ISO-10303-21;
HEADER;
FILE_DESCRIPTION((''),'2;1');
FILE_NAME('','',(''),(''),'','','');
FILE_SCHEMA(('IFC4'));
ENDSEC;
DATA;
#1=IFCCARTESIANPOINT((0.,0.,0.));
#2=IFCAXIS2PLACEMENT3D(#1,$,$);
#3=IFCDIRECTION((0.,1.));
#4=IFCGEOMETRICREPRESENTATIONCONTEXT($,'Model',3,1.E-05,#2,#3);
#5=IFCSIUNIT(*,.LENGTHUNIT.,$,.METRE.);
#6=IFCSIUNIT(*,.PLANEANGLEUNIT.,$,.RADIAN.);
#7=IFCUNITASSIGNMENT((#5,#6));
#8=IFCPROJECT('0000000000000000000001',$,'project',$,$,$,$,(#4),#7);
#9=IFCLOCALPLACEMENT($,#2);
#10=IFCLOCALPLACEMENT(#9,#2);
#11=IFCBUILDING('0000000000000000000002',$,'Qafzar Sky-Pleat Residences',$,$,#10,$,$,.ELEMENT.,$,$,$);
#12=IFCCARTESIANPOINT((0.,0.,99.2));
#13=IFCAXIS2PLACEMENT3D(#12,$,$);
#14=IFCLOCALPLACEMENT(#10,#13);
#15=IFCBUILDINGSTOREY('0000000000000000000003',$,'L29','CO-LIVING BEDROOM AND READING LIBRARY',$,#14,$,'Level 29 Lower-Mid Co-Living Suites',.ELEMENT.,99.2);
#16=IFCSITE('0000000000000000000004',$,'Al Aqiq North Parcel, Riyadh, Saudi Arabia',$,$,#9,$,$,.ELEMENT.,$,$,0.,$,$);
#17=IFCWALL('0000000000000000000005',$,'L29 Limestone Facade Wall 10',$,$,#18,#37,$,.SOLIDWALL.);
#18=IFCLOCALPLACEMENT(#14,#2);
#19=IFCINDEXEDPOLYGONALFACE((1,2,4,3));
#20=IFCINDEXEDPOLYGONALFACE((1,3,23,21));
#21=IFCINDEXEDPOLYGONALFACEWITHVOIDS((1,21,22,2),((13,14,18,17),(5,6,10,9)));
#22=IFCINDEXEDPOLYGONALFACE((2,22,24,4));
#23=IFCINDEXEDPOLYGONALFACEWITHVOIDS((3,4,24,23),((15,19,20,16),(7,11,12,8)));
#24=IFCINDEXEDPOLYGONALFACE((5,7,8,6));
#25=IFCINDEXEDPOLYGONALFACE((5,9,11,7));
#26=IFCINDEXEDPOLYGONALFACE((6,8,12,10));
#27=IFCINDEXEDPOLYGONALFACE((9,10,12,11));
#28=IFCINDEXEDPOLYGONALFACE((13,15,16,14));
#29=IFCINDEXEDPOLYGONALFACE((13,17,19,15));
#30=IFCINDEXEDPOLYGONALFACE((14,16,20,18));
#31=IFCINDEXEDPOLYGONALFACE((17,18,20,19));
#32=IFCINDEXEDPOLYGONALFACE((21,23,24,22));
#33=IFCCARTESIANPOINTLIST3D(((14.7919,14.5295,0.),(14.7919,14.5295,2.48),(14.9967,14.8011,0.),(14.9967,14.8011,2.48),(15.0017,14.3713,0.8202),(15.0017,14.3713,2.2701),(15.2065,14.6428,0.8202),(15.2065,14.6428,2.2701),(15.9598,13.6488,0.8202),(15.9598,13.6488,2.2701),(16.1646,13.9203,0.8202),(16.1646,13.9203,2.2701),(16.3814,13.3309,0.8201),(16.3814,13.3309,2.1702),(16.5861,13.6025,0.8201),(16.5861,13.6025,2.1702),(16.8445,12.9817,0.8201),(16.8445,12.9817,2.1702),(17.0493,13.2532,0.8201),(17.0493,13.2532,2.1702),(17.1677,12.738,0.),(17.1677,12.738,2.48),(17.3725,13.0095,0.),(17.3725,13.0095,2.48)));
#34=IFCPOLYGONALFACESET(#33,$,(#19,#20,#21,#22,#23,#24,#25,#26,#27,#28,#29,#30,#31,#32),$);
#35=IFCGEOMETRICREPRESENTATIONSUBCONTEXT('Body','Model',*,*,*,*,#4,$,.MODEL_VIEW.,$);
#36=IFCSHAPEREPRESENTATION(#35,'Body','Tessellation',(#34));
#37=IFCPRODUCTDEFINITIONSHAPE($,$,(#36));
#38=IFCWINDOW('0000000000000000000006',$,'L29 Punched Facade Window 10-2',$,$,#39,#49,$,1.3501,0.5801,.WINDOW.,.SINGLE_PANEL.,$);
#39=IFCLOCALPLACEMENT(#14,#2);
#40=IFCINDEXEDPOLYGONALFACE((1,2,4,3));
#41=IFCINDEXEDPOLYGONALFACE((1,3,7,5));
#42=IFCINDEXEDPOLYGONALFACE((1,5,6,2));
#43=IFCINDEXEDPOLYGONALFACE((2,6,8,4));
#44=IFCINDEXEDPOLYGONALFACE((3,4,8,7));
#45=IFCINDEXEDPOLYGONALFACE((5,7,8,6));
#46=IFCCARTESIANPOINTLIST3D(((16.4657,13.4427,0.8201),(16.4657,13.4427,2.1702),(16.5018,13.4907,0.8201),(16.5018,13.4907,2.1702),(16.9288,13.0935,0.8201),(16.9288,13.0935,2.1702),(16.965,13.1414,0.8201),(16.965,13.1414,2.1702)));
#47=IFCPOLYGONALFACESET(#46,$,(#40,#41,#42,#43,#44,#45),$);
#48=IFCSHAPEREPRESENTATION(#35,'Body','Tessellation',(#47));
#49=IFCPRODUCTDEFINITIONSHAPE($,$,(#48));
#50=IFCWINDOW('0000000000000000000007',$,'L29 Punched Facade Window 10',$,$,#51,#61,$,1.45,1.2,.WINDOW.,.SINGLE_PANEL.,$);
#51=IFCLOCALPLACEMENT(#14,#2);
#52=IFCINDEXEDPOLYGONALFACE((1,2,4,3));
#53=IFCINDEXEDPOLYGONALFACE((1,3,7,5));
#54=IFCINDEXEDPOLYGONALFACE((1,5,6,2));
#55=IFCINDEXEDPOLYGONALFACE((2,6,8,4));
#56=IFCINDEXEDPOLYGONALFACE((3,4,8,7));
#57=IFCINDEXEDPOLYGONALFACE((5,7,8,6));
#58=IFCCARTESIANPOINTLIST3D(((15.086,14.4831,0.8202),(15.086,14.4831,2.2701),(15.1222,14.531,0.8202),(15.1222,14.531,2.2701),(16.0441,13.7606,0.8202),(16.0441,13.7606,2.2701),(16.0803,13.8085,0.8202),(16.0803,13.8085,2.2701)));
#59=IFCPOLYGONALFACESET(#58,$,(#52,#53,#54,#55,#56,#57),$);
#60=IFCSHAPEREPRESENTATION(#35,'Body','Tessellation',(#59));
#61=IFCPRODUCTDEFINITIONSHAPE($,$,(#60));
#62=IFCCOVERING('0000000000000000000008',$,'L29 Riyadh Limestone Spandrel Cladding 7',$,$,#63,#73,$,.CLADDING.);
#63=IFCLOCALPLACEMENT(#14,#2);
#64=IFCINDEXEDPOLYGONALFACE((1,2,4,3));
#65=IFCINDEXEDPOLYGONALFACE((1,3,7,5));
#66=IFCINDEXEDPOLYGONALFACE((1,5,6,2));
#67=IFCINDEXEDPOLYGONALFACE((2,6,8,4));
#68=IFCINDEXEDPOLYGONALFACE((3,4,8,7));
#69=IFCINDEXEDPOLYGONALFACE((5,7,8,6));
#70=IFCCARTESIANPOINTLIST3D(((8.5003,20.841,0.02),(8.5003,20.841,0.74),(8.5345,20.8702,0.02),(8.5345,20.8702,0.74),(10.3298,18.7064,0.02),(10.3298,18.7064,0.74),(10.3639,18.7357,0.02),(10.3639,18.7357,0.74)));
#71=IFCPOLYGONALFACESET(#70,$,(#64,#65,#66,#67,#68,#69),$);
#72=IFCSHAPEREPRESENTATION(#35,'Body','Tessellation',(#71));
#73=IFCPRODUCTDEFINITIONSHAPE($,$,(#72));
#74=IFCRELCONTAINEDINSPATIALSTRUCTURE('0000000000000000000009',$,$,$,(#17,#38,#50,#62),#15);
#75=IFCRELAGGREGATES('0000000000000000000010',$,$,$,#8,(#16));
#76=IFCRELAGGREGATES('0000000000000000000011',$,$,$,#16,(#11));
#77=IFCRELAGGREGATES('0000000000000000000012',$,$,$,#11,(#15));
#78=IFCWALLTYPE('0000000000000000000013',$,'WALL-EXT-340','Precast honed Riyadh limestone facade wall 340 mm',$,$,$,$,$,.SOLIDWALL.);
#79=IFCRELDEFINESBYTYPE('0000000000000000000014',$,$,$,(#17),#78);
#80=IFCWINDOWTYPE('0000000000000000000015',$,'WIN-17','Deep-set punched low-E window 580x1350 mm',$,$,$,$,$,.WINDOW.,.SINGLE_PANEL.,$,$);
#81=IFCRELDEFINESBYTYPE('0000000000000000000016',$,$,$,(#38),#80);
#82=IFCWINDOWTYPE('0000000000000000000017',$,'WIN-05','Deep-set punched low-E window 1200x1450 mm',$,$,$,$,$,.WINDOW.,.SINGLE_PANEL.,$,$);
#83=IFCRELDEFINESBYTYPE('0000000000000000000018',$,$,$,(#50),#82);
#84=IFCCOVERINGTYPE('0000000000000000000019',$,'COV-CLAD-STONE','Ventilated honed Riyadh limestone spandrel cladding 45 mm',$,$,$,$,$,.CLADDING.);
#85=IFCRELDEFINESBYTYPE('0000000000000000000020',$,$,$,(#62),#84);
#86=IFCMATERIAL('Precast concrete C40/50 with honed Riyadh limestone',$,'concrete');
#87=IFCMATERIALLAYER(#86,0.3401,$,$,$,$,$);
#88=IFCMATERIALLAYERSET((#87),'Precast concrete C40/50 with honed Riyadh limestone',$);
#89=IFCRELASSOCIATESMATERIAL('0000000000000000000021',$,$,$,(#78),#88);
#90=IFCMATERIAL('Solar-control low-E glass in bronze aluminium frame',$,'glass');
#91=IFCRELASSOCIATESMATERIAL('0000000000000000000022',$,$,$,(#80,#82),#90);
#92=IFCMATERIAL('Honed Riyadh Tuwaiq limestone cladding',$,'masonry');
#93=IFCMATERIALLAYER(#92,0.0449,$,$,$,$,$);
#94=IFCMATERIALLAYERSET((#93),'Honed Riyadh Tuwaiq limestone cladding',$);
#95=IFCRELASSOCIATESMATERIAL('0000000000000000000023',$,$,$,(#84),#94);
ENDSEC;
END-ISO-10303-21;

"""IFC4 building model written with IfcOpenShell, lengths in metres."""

from ifc_helpers import new_model, si_unit, direction, frame, frame_2d, origin, origin_2d, place, context, subcontext, project, spatial, rectangle, extrude, source, transform, mapped, material, layer, layer_set, type_object, element, fill, save


model = new_model("IFC4")

# Units and contexts
model_context = context("Model", 3, precision=1e-05, world=origin(), true_north=direction((0.0, 1.0)))
body_context = subcontext(model_context, "Body", "Model", "MODEL_VIEW")
ifc_project = project(units=[si_unit("LENGTHUNIT", "METRE"), si_unit("PLANEANGLEUNIT", "RADIAN")], contexts=[model_context])

# Site, building, storey
site_placement = place(None, origin())
site = spatial("IfcSite", under=ifc_project, at=site_placement, Name="Al Aqiq North Parcel, Riyadh, Saudi Arabia", CompositionType="ELEMENT", RefElevation=0.0)
building_placement = place(site_placement, origin())
building = spatial("IfcBuilding", under=site, at=building_placement, Name="Qafzar Sky-Pleat Residences", CompositionType="ELEMENT")
storey_placement = place(building_placement, frame((0.0, 0.0, 99.2)))
storey = spatial("IfcBuildingStorey", under=building, at=storey_placement, Name="L29", Description="CO-LIVING BEDROOM AND READING LIBRARY", LongName="Level 29 Lower-Mid Co-Living Suites", CompositionType="ELEMENT", Elevation=99.2)

# Shared definitions
ifc_material_1 = material(Name="Precast concrete C40/50 with honed Riyadh limestone", Category="concrete")
ifc_layer_1 = layer(ifc_material_1, 0.3401)
ifc_layer_set_1 = layer_set([ifc_layer_1], Name="Precast concrete C40/50 with honed Riyadh limestone")
wall_type_1 = type_object("IfcWallType", Name="WALL-EXT-340", Description="Precast honed Riyadh limestone facade wall 340 mm", PredefinedType="SOLIDWALL", material=ifc_layer_set_1)
ifc_material_2 = material(Name="Solar-control low-E glass in bronze aluminium frame", Category="glass")

# Wall, openings, windows
wall_1_placement = place(storey_placement, frame((14.8943, 14.6653, 0.0), z_axis=(0.0, 0.0, 1.0), x_axis=(0.798432, -0.602085, 0.0)))
wall_1 = element("IfcWall", 1, at=wall_1_placement, inside=storey, type_object=wall_type_1, Name="L29 Limestone Facade Wall 10", PredefinedType="SOLIDWALL", context=body_context, shape_type="SweptSolid", body=[
    extrude(rectangle(XDim=2.9756, YDim=0.3401, at=frame_2d((1.4878, 0.0))), origin(), (0.0, 0.0, 1.0), 2.48),
])
opening_1_placement = place(wall_1_placement, frame((0.2627, 0.0, 0.8201)))
opening_1 = element("IfcOpeningElement", 2, at=opening_1_placement, cuts=wall_1, PredefinedType="OPENING", context=body_context, shape_type="SweptSolid", body=[
    extrude(rectangle(XDim=1.2, YDim=1.45, at=frame_2d((0.6001, 0.7251))), frame((0.0, 0.1802, 0.0), z_axis=(0.0, -1.0, 0.0), x_axis=(1.0, 0.0, 0.0)), (0.0, 0.0, 1.0), 0.3601),
])
opening_2_placement = place(wall_1_placement, frame((1.9907, 0.0, 0.8201)))
opening_2 = element("IfcOpeningElement", 3, at=opening_2_placement, cuts=wall_1, PredefinedType="OPENING", context=body_context, shape_type="SweptSolid", body=[
    extrude(rectangle(XDim=0.5801, YDim=1.3501, at=frame_2d((0.29, 0.675))), frame((0.0, 0.1802, 0.0), z_axis=(0.0, -1.0, 0.0), x_axis=(1.0, 0.0, 0.0)), (0.0, 0.0, 1.0), 0.3601),
])
window_type_1 = type_object("IfcWindowType", Name="WIN-17", Description="Deep-set punched low-E window 580x1350 mm", PartitioningType="SINGLE_PANEL", PredefinedType="WINDOW", material=ifc_material_2)
shared_shape_1 = source(origin(), body_context, "Body", "SweptSolid", [
    extrude(rectangle(XDim=0.5801, YDim=1.3501, at=frame_2d((0.29, 0.675))), frame((0.0, 0.03, 0.0), z_axis=(0.0, -1.0, 0.0), x_axis=(1.0, 0.0, 0.0)), (0.0, 0.0, 1.0), 0.0601),
])
window_1_placement = place(opening_2_placement, origin())
window_1 = element("IfcWindow", 4, at=window_1_placement, inside=storey, type_object=window_type_1, Name="L29 Punched Facade Window 10-2", OverallHeight=1.3501, OverallWidth=0.5801, PartitioningType="SINGLE_PANEL", PredefinedType="WINDOW", context=body_context, shape_type="MappedRepresentation", body=[
    mapped(shared_shape_1, transform((0.0, 0.0, 0.0), x_axis=(1.0, 0.0, 0.0), y_axis=(0.0, 1.0, 0.0), z_axis=(0.0, 0.0, 1.0), scale=1.0)),
])
fill(opening_2, window_1)
window_type_2 = type_object("IfcWindowType", Name="WIN-05", Description="Deep-set punched low-E window 1200x1450 mm", PartitioningType="SINGLE_PANEL", PredefinedType="WINDOW", material=ifc_material_2)
shared_shape_2 = source(origin(), body_context, "Body", "SweptSolid", [
    extrude(rectangle(XDim=1.2, YDim=1.45, at=frame_2d((0.6001, 0.7251))), frame((0.0, 0.03, 0.0), z_axis=(0.0, -1.0, 0.0), x_axis=(1.0, 0.0, 0.0)), (0.0, 0.0, 1.0), 0.0601),
])
window_2_placement = place(opening_1_placement, origin())
window_2 = element("IfcWindow", 5, at=window_2_placement, inside=storey, type_object=window_type_2, Name="L29 Punched Facade Window 10", OverallHeight=1.45, OverallWidth=1.2, PartitioningType="SINGLE_PANEL", PredefinedType="WINDOW", context=body_context, shape_type="MappedRepresentation", body=[
    mapped(shared_shape_2, transform((0.0, 0.0, 0.0), x_axis=(1.0, 0.0, 0.0), y_axis=(0.0, 1.0, 0.0), z_axis=(0.0, 0.0, 1.0), scale=1.0)),
])
fill(opening_1, window_2)

# Covering
ifc_material_3 = material(Name="Honed Riyadh Tuwaiq limestone cladding", Category="masonry")
ifc_layer_2 = layer(ifc_material_3, 0.0449)
ifc_layer_set_2 = layer_set([ifc_layer_2], Name="Honed Riyadh Tuwaiq limestone cladding")
covering_type = type_object("IfcCoveringType", Name="COV-CLAD-STONE", Description="Ventilated honed Riyadh limestone spandrel cladding 45 mm", PredefinedType="CLADDING", material=ifc_layer_set_2)
shared_shape_3 = source(origin(), body_context, "Body", "SweptSolid", [
    extrude(rectangle(XDim=2.8113, YDim=0.0449, at=origin_2d()), origin(), (0.0, 0.0, 1.0), 0.72),
])
covering_placement = place(storey_placement, frame((9.4321, 19.7883, 0.02), z_axis=(0.0, 0.0, 1.0), x_axis=(0.650754, -0.759288, 0.0)))
element("IfcCovering", 6, at=covering_placement, inside=storey, type_object=covering_type, Name="L29 Riyadh Limestone Spandrel Cladding 7", PredefinedType="CLADDING", context=body_context, shape_type="MappedRepresentation", body=[
    mapped(shared_shape_3, transform((0.0, 0.0, 0.0), x_axis=(1.0, 0.0, 0.0), y_axis=(0.0, 1.0, 0.0), z_axis=(0.0, 0.0, 1.0), scale=1.0)),
])

save(model, "model.ifc")
